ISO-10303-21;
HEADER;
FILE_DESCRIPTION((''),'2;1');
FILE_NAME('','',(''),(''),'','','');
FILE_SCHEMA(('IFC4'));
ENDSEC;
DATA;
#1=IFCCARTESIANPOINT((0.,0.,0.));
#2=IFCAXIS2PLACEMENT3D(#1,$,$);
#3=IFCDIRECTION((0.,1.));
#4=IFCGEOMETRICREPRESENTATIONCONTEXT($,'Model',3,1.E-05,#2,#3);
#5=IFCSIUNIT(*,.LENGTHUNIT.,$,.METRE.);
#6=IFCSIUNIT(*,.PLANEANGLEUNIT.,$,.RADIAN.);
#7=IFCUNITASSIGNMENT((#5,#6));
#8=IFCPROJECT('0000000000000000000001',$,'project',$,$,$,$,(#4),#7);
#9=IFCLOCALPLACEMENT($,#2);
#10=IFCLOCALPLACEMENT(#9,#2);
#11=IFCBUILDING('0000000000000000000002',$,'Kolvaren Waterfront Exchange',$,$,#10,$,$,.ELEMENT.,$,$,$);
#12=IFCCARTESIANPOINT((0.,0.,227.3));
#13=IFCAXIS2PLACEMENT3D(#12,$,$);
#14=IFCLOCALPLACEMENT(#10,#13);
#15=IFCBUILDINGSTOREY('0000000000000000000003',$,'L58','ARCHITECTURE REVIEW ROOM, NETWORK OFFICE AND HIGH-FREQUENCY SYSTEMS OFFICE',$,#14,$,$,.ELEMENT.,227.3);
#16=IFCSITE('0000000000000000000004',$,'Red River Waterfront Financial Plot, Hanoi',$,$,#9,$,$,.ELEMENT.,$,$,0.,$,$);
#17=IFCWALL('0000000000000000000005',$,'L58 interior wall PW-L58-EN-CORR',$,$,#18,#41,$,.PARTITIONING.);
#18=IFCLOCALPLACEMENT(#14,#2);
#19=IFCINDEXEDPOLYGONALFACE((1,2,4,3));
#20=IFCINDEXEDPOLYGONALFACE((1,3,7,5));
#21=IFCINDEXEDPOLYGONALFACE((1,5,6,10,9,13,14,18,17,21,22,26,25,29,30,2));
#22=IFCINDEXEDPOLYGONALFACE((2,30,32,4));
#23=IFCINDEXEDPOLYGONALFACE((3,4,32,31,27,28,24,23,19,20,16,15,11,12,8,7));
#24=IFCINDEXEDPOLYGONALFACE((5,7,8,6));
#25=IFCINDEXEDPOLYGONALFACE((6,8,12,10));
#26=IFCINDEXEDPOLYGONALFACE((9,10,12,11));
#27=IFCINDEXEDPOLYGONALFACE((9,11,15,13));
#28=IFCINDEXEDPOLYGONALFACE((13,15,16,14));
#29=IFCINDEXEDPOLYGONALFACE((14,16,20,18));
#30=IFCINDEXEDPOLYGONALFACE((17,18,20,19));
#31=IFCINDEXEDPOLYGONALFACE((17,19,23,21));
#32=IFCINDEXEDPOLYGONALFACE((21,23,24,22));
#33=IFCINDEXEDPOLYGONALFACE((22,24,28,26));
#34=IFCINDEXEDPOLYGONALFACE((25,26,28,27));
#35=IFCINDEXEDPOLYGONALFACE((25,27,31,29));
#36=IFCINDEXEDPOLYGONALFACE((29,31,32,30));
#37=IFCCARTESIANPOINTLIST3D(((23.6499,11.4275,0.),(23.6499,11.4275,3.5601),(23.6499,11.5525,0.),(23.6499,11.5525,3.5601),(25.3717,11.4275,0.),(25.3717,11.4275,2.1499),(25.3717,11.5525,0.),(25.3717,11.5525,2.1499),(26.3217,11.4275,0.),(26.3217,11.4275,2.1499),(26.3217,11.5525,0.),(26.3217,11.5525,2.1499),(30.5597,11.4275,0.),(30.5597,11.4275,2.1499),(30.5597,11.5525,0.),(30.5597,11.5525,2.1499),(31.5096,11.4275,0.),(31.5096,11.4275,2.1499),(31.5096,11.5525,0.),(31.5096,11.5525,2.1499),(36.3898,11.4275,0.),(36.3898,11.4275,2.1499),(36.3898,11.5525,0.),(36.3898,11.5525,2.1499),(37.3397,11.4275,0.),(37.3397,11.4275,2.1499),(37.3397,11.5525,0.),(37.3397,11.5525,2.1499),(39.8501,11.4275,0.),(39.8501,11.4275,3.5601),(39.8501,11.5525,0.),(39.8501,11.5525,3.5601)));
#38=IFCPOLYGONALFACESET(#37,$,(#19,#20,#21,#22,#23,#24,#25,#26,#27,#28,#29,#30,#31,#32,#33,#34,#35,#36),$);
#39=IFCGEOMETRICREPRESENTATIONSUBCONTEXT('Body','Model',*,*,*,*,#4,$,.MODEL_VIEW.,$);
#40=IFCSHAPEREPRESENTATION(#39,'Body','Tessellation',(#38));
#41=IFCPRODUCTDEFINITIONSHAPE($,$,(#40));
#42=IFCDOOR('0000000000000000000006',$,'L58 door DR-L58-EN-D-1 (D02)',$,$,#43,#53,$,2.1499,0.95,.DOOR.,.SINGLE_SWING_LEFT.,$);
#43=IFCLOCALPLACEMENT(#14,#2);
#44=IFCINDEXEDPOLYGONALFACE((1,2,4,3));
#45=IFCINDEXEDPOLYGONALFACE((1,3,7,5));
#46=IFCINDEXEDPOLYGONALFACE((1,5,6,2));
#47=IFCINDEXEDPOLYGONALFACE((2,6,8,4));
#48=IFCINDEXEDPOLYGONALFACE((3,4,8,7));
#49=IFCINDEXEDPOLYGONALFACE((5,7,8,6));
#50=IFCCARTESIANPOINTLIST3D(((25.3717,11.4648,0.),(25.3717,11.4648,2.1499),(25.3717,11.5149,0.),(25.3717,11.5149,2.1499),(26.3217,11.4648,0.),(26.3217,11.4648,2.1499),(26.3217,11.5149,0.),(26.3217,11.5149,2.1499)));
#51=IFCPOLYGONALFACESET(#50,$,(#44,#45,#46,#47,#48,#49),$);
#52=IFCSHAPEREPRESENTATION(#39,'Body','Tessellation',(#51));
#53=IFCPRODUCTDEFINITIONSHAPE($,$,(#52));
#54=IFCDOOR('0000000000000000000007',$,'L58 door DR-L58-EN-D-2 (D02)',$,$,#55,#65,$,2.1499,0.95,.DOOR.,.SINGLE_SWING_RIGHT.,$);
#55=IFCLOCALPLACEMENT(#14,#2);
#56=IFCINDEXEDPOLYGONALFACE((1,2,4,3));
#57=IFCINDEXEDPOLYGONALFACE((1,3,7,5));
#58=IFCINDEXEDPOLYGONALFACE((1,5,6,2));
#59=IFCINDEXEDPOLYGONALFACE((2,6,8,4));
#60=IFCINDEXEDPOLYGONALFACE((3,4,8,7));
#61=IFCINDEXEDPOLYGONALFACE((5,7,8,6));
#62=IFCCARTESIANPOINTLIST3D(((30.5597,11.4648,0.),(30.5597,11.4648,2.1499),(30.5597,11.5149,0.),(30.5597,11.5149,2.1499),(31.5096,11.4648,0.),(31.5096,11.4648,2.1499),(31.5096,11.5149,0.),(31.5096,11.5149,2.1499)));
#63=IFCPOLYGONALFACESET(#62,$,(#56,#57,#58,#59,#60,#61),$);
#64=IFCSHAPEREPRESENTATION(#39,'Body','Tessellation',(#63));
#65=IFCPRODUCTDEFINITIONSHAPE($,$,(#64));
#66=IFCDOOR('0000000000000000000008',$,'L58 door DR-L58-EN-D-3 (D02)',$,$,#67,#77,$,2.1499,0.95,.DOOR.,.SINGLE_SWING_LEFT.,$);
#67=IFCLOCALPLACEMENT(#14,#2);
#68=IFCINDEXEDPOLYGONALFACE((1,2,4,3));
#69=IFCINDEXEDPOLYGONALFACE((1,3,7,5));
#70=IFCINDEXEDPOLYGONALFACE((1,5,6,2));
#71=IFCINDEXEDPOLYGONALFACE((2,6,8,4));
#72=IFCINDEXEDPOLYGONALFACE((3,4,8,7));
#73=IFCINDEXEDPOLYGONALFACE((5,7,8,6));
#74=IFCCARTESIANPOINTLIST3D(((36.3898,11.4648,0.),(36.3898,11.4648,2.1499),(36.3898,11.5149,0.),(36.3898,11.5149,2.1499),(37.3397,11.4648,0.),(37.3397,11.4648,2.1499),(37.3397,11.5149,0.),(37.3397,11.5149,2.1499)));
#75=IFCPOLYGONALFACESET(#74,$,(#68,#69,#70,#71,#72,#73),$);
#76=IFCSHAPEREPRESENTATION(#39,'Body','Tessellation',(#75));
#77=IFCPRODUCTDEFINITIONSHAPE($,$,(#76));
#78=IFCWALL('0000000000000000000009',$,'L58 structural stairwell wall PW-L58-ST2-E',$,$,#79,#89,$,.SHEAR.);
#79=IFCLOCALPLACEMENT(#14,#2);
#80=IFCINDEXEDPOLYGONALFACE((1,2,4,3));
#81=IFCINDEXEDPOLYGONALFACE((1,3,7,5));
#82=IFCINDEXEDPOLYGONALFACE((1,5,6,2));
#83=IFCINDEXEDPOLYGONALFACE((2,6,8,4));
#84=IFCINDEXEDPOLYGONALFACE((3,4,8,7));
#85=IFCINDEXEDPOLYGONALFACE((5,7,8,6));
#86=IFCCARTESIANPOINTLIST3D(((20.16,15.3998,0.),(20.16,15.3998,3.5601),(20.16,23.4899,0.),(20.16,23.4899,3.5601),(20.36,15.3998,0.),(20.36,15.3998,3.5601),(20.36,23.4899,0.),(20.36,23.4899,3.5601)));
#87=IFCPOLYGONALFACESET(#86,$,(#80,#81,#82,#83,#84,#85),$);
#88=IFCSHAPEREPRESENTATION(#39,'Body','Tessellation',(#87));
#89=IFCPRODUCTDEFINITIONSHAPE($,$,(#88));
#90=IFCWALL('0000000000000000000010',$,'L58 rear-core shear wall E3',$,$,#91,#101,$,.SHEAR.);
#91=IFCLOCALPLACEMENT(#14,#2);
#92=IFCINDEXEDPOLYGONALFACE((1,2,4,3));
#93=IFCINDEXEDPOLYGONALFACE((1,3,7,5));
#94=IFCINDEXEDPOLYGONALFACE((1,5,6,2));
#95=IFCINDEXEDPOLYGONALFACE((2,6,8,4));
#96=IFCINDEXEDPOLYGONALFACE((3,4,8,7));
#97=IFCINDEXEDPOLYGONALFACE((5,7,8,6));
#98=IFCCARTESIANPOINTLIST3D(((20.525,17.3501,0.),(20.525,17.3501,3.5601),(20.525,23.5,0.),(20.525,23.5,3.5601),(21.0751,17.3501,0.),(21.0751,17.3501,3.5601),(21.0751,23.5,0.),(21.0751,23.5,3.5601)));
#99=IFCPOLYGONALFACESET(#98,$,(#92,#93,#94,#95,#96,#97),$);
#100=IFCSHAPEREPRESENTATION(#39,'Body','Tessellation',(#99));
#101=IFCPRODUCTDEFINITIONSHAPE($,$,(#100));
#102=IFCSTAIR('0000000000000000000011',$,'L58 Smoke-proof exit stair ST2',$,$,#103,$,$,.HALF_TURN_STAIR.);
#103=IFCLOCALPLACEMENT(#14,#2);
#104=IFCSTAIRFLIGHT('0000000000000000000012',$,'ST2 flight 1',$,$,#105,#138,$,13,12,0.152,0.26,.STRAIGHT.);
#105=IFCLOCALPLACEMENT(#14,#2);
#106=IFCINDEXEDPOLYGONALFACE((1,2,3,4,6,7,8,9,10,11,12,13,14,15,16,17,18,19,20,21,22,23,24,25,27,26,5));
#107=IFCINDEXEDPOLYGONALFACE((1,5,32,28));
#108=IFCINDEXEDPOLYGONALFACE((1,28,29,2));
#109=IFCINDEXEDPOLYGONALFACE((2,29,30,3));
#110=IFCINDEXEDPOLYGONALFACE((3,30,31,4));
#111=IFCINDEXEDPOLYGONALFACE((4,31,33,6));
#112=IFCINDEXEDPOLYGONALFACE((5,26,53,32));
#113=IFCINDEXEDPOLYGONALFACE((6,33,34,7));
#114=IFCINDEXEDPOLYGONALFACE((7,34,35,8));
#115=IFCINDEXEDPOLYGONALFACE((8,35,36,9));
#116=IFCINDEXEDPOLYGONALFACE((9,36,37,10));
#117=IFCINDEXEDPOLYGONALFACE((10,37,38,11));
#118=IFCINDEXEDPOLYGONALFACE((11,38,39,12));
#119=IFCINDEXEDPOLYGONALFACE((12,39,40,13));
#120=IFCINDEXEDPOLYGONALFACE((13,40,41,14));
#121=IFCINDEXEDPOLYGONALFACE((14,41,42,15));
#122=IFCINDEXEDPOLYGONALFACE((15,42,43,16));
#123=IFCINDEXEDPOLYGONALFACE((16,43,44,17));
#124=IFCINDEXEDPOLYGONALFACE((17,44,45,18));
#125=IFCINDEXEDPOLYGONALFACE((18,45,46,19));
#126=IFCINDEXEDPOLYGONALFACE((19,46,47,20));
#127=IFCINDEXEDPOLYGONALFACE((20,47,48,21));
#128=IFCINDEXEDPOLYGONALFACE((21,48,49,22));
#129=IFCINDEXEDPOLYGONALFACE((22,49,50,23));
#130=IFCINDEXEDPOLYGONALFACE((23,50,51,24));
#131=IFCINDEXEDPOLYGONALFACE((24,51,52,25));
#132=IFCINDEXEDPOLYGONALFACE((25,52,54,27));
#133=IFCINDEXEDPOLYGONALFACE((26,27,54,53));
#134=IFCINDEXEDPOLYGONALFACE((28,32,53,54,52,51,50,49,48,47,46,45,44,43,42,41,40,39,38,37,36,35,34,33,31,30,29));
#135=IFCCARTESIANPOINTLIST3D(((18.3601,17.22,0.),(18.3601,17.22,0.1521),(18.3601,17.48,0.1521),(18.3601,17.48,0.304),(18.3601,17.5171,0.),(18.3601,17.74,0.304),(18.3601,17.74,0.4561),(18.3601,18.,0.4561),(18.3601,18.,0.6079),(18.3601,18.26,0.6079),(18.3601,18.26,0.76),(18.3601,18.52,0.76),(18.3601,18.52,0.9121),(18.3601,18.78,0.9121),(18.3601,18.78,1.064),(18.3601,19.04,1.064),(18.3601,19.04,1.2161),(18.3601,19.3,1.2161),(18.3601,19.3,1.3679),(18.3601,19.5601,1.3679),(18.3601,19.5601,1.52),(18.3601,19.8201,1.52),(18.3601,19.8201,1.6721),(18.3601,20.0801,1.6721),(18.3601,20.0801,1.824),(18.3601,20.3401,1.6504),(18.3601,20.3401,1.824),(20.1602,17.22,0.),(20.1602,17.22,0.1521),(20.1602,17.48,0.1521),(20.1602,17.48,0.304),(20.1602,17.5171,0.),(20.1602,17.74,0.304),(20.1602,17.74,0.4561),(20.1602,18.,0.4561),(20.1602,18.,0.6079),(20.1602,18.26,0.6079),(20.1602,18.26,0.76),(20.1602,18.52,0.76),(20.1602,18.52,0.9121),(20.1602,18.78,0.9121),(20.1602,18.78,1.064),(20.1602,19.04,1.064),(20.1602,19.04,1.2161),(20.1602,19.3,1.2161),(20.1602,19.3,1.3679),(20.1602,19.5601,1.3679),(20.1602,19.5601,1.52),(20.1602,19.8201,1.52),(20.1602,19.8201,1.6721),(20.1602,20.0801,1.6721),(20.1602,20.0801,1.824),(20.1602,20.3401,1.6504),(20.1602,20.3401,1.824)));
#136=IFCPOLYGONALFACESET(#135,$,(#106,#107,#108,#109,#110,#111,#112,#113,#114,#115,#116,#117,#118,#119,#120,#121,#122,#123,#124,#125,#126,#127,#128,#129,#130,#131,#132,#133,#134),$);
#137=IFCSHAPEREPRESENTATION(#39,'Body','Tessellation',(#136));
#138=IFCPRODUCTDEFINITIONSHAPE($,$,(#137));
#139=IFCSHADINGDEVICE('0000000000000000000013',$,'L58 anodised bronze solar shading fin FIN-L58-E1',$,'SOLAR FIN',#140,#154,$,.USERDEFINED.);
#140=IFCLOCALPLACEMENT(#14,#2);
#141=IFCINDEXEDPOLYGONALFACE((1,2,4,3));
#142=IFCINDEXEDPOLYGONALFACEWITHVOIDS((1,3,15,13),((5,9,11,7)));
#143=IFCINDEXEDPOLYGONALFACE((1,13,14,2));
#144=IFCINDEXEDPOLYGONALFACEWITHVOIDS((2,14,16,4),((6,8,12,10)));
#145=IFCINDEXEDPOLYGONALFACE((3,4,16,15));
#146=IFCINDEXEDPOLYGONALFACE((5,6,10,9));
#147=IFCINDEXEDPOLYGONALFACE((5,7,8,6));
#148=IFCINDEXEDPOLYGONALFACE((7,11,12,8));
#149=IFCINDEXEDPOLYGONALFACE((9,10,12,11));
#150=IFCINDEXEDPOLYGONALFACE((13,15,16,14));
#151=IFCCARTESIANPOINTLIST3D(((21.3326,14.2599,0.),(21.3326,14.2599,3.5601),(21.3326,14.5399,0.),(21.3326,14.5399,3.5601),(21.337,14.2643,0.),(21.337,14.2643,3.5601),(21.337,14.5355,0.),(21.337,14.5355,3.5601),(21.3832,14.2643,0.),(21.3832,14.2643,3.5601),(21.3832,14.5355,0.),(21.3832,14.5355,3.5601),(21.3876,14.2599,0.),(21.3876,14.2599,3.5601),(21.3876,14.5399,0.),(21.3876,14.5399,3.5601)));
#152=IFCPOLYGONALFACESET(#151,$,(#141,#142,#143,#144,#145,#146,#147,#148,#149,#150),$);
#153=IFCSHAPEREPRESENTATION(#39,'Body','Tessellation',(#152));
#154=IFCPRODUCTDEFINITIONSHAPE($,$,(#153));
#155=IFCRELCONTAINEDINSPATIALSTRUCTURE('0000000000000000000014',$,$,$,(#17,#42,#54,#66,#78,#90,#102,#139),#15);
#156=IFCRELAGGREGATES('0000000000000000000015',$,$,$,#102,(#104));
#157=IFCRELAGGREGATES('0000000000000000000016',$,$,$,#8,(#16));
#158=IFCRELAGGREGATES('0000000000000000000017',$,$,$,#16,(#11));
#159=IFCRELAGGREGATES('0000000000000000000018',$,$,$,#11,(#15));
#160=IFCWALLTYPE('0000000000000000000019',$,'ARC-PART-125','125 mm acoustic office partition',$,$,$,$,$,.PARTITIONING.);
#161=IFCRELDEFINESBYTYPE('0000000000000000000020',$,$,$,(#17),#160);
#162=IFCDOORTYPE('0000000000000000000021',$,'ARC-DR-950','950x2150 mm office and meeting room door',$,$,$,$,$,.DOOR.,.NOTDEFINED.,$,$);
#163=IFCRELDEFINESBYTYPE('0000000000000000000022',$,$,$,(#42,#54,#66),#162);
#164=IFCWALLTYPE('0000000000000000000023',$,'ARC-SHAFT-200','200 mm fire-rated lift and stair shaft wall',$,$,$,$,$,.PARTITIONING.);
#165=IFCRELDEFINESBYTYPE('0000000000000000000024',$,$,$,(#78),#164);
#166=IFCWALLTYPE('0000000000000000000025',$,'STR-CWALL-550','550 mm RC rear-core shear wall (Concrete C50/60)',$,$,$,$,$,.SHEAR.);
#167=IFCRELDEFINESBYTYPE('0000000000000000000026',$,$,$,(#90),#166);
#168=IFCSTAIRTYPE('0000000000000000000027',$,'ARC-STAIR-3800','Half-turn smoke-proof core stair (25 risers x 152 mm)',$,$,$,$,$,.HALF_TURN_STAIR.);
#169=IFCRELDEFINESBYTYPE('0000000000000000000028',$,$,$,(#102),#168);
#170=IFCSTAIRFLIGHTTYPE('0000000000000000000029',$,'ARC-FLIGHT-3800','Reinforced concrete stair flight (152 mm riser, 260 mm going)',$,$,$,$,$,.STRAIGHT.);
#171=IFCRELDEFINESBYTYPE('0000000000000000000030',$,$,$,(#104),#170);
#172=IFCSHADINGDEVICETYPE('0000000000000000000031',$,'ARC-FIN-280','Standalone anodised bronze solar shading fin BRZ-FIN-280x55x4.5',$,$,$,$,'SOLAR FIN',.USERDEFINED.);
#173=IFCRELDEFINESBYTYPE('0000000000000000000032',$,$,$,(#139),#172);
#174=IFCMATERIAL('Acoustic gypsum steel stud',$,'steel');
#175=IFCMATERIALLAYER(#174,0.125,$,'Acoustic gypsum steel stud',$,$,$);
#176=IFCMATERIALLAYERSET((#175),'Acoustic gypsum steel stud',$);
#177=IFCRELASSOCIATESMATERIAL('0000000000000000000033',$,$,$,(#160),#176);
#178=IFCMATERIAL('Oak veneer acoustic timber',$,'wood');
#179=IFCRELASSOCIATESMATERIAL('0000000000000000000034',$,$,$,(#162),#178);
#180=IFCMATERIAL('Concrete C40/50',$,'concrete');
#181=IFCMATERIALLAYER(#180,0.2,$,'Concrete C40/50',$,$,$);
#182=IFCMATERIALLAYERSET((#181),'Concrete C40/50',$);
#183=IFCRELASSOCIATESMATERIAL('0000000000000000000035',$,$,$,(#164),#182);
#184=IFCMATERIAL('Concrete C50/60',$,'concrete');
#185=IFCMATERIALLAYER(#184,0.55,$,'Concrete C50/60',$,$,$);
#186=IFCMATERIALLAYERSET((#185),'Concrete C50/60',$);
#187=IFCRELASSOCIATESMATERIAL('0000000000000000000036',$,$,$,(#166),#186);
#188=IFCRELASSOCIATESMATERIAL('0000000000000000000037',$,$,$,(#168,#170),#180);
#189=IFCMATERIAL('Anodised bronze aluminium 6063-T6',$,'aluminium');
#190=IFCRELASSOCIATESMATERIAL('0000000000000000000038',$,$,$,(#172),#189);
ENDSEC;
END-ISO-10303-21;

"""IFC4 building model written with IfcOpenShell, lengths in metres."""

from ifc_helpers import new_model, si_unit, direction, frame, frame_2d, origin, origin_2d, place, context, subcontext, project, spatial, polyline, rectangle, hollow_rectangle, outline, extrude, material, layer, layer_set, material_profile, profile_set, type_object, element, fill, aggregate, save


model = new_model("IFC4")

# Units and contexts
model_context = context("Model", 3, precision=1e-05, world=origin(), true_north=direction((0.0, 1.0)))
body_context = subcontext(model_context, "Body", "Model", "MODEL_VIEW")
ifc_project = project(units=[si_unit("LENGTHUNIT", "METRE"), si_unit("PLANEANGLEUNIT", "RADIAN")], contexts=[model_context])

# Site, building, storey
site_placement = place(None, origin())
site = spatial("IfcSite", under=ifc_project, at=site_placement, Name="Red River Waterfront Financial Plot, Hanoi", CompositionType="ELEMENT", RefElevation=0.0)
building_placement = place(site_placement, origin())
building = spatial("IfcBuilding", under=site, at=building_placement, Name="Kolvaren Waterfront Exchange", CompositionType="ELEMENT")
storey_placement = place(building_placement, frame((0.0, 0.0, 227.3)))
storey = spatial("IfcBuildingStorey", under=building, at=storey_placement, Name="L58", Description="ARCHITECTURE REVIEW ROOM, NETWORK OFFICE AND HIGH-FREQUENCY SYSTEMS OFFICE", CompositionType="ELEMENT", Elevation=227.3)

# Shared definitions
ifc_material_1 = material(Name="Concrete C50/60", Category="concrete")

# Shared definitions
ifc_material_2 = material(Name="Acoustic gypsum steel stud", Category="steel")
ifc_layer_1 = layer(ifc_material_2, 0.125, Name="Acoustic gypsum steel stud")
ifc_layer_set_1 = layer_set([ifc_layer_1], Name="Acoustic gypsum steel stud")
wall_type_1 = type_object("IfcWallType", Name="ARC-PART-125", Description="125 mm acoustic office partition", PredefinedType="PARTITIONING", material=ifc_layer_set_1)

# Wall, openings, doors
wall_1_placement = place(storey_placement, frame((23.6499, 11.49, 0.0), z_axis=(0.0, 0.0, 1.0), x_axis=(1.0, 0.0, 0.0)))
wall_1 = element("IfcWall", 1, at=wall_1_placement, inside=storey, type_object=wall_type_1, Name="L58 interior wall PW-L58-EN-CORR", PredefinedType="PARTITIONING", context=body_context, shape_type="SweptSolid", body=[
    extrude(rectangle(XDim=16.2002, YDim=0.125, at=frame_2d((8.1001, 0.0))), origin(), (0.0, 0.0, 1.0), 3.5601),
])
opening_1_placement = place(wall_1_placement, frame((1.7217, 0.0, 0.0)))
opening_1 = element("IfcOpeningElement", 2, at=opening_1_placement, cuts=wall_1, PredefinedType="OPENING", context=body_context, shape_type="SweptSolid", body=[
    extrude(rectangle(XDim=0.95, YDim=2.1499, at=frame_2d((0.4751, 1.075))), frame((0.0, 0.0725, 0.0), z_axis=(0.0, -1.0, 0.0), x_axis=(1.0, 0.0, 0.0)), (0.0, 0.0, 1.0), 0.145),
])
opening_2_placement = place(wall_1_placement, frame((6.9097, 0.0, 0.0)))
opening_2 = element("IfcOpeningElement", 3, at=opening_2_placement, cuts=wall_1, PredefinedType="OPENING", context=body_context, shape_type="SweptSolid", body=[
    extrude(rectangle(XDim=0.95, YDim=2.1499, at=frame_2d((0.4751, 1.075))), frame((0.0, 0.0725, 0.0), z_axis=(0.0, -1.0, 0.0), x_axis=(1.0, 0.0, 0.0)), (0.0, 0.0, 1.0), 0.145),
])
opening_3_placement = place(wall_1_placement, frame((12.7397, 0.0, 0.0)))
opening_3 = element("IfcOpeningElement", 4, at=opening_3_placement, cuts=wall_1, PredefinedType="OPENING", context=body_context, shape_type="SweptSolid", body=[
    extrude(rectangle(XDim=0.95, YDim=2.1499, at=frame_2d((0.4751, 1.075))), frame((0.0, 0.0725, 0.0), z_axis=(0.0, -1.0, 0.0), x_axis=(1.0, 0.0, 0.0)), (0.0, 0.0, 1.0), 0.145),
])
ifc_material_3 = material(Name="Oak veneer acoustic timber", Category="wood")
door_type = type_object("IfcDoorType", Name="ARC-DR-950", Description="950x2150 mm office and meeting room door", OperationType="NOTDEFINED", PredefinedType="DOOR", material=ifc_material_3)
door_1_placement = place(opening_1_placement, origin())
door_1 = element("IfcDoor", 5, at=door_1_placement, inside=storey, type_object=door_type, Name="L58 door DR-L58-EN-D-1 (D02)", OperationType="SINGLE_SWING_LEFT", OverallHeight=2.1499, OverallWidth=0.95, PredefinedType="DOOR", context=body_context, shape_type="SweptSolid", body=[
    extrude(rectangle(XDim=0.95, YDim=2.1499, at=frame_2d((0.4751, 1.075))), frame((0.0, 0.0249, 0.0), z_axis=(0.0, -1.0, 0.0), x_axis=(1.0, 0.0, 0.0)), (0.0, 0.0, 1.0), 0.05),
])
fill(opening_1, door_1)
door_2_placement = place(opening_2_placement, origin())
door_2 = element("IfcDoor", 6, at=door_2_placement, inside=storey, type_object=door_type, Name="L58 door DR-L58-EN-D-2 (D02)", OperationType="SINGLE_SWING_RIGHT", OverallHeight=2.1499, OverallWidth=0.95, PredefinedType="DOOR", context=body_context, shape_type="SweptSolid", body=[
    extrude(rectangle(XDim=0.95, YDim=2.1499, at=frame_2d((0.4751, 1.075))), frame((0.0, 0.0249, 0.0), z_axis=(0.0, -1.0, 0.0), x_axis=(1.0, 0.0, 0.0)), (0.0, 0.0, 1.0), 0.05),
])
fill(opening_2, door_2)
door_3_placement = place(opening_3_placement, origin())
door_3 = element("IfcDoor", 7, at=door_3_placement, inside=storey, type_object=door_type, Name="L58 door DR-L58-EN-D-3 (D02)", OperationType="SINGLE_SWING_LEFT", OverallHeight=2.1499, OverallWidth=0.95, PredefinedType="DOOR", context=body_context, shape_type="SweptSolid", body=[
    extrude(rectangle(XDim=0.95, YDim=2.1499, at=frame_2d((0.4751, 1.075))), frame((0.0, 0.0249, 0.0), z_axis=(0.0, -1.0, 0.0), x_axis=(1.0, 0.0, 0.0)), (0.0, 0.0, 1.0), 0.05),
])
fill(opening_3, door_3)

# Walls
ifc_material_4 = material(Name="Concrete C40/50", Category="concrete")
ifc_layer_2 = layer(ifc_material_4, 0.2, Name="Concrete C40/50")
ifc_layer_set_2 = layer_set([ifc_layer_2], Name="Concrete C40/50")
wall_type_2 = type_object("IfcWallType", Name="ARC-SHAFT-200", Description="200 mm fire-rated lift and stair shaft wall", PredefinedType="PARTITIONING", material=ifc_layer_set_2)
wall_2_placement = place(storey_placement, frame((20.26, 15.3999, 0.0), z_axis=(0.0, 0.0, 1.0), x_axis=(0.0, 1.0, 0.0)))
element("IfcWall", 8, at=wall_2_placement, inside=storey, type_object=wall_type_2, Name="L58 structural stairwell wall PW-L58-ST2-E", PredefinedType="SHEAR", context=body_context, shape_type="SweptSolid", body=[
    extrude(rectangle(XDim=8.0901, YDim=0.2, at=frame_2d((4.0449, 0.0))), origin(), (0.0, 0.0, 1.0), 3.5601),
])
ifc_layer_3 = layer(ifc_material_1, 0.55, Name="Concrete C50/60")
ifc_layer_set_3 = layer_set([ifc_layer_3], Name="Concrete C50/60")
wall_type_3 = type_object("IfcWallType", Name="STR-CWALL-550", Description="550 mm RC rear-core shear wall (Concrete C50/60)", PredefinedType="SHEAR", material=ifc_layer_set_3)
wall_3_placement = place(storey_placement, frame((20.8, 17.3501, 0.0), z_axis=(0.0, 0.0, 1.0), x_axis=(0.0, 1.0, 0.0)))
element("IfcWall", 9, at=wall_3_placement, inside=storey, type_object=wall_type_3, Name="L58 rear-core shear wall E3", PredefinedType="SHEAR", context=body_context, shape_type="SweptSolid", body=[
    extrude(rectangle(XDim=6.1499, YDim=0.55, at=frame_2d((3.075, 0.0))), origin(), (0.0, 0.0, 1.0), 3.5601),
])

# Stair, stair flight
stair_type = type_object("IfcStairType", Name="ARC-STAIR-3800", Description="Half-turn smoke-proof core stair (25 risers x 152 mm)", PredefinedType="HALF_TURN_STAIR", material=ifc_material_4)
stair_placement = place(storey_placement, origin())
stair = element("IfcStair", 10, at=stair_placement, inside=storey, type_object=stair_type, Name="L58 Smoke-proof exit stair ST2", PredefinedType="HALF_TURN_STAIR")
stair_flight_type = type_object("IfcStairFlightType", Name="ARC-FLIGHT-3800", Description="Reinforced concrete stair flight (152 mm riser, 260 mm going)", PredefinedType="STRAIGHT", material=ifc_material_4)
stair_flight_placement = place(storey_placement, frame((19.26, 17.22, 0.0), z_axis=(0.0, 0.0, 1.0), x_axis=(0.0, 1.0, 0.0)))
stair_flight = element("IfcStairFlight", 11, at=stair_flight_placement, type_object=stair_flight_type, Name="ST2 flight 1", NumberOfRisers=13, NumberOfTreads=12, PredefinedType="STRAIGHT", RiserHeight=0.152, TreadLength=0.26, context=body_context, shape_type="SweptSolid", body=[
    extrude(outline(polyline([(0.0, 0.0), (0.0, 0.1521), (0.26, 0.1521), (0.26, 0.304), (0.52, 0.304), (0.52, 0.4561), (0.78, 0.4561), (0.78, 0.6079), (1.04, 0.6079), (1.04, 0.76), (1.3, 0.76), (1.3, 0.9121), (1.5601, 0.9121), (1.5601, 1.064), (1.8201, 1.064), (1.8201, 1.2161), (2.0801, 1.2161), (2.0801, 1.3679), (2.3401, 1.3679), (2.3401, 1.52), (2.6001, 1.52), (2.6001, 1.6721), (2.8601, 1.6721), (2.8601, 1.824), (3.1201, 1.824), (3.1201, 1.9761), (3.1201, 1.6504), (0.2971, 0.0), (0.0, 0.0)])), frame((0.0, 0.8999, 0.0), z_axis=(0.0, -1.0, 0.0), x_axis=(1.0, 0.0, 0.0)), (0.0, 0.0, 1.0), 1.8),
])
aggregate(stair, [stair_flight])

# Shading device
ifc_material_5 = material(Name="Anodised bronze aluminium 6063-T6", Category="aluminium")
ifc_material_profile_1 = material_profile(ifc_material_5, hollow_rectangle(XDim=0.0549, YDim=0.28, WallThickness=0.0044, at=origin_2d()), Name="BRZ-FIN-280x55x4.5")
ifc_profile_set_1 = profile_set([ifc_material_profile_1], Name="Anodised bronze aluminium 6063-T6")
shading_device_type = type_object("IfcShadingDeviceType", Name="ARC-FIN-280", Description="Standalone anodised bronze solar shading fin BRZ-FIN-280x55x4.5", ElementType="SOLAR FIN", PredefinedType="USERDEFINED", material=ifc_profile_set_1)
shading_device_placement = place(storey_placement, frame((21.3601, 14.3999, 0.0), z_axis=(0.0, 0.0, 1.0), x_axis=(1.0, 0.0, 0.0)))
element("IfcShadingDevice", 12, at=shading_device_placement, inside=storey, type_object=shading_device_type, Name="L58 anodised bronze solar shading fin FIN-L58-E1", ObjectType="SOLAR FIN", PredefinedType="USERDEFINED", context=body_context, shape_type="SweptSolid", body=[
    extrude(hollow_rectangle(XDim=0.0549, YDim=0.28, WallThickness=0.0044, at=origin_2d()), origin(), (0.0, 0.0, 1.0), 3.5601),
])

save(model, "model.ifc")
